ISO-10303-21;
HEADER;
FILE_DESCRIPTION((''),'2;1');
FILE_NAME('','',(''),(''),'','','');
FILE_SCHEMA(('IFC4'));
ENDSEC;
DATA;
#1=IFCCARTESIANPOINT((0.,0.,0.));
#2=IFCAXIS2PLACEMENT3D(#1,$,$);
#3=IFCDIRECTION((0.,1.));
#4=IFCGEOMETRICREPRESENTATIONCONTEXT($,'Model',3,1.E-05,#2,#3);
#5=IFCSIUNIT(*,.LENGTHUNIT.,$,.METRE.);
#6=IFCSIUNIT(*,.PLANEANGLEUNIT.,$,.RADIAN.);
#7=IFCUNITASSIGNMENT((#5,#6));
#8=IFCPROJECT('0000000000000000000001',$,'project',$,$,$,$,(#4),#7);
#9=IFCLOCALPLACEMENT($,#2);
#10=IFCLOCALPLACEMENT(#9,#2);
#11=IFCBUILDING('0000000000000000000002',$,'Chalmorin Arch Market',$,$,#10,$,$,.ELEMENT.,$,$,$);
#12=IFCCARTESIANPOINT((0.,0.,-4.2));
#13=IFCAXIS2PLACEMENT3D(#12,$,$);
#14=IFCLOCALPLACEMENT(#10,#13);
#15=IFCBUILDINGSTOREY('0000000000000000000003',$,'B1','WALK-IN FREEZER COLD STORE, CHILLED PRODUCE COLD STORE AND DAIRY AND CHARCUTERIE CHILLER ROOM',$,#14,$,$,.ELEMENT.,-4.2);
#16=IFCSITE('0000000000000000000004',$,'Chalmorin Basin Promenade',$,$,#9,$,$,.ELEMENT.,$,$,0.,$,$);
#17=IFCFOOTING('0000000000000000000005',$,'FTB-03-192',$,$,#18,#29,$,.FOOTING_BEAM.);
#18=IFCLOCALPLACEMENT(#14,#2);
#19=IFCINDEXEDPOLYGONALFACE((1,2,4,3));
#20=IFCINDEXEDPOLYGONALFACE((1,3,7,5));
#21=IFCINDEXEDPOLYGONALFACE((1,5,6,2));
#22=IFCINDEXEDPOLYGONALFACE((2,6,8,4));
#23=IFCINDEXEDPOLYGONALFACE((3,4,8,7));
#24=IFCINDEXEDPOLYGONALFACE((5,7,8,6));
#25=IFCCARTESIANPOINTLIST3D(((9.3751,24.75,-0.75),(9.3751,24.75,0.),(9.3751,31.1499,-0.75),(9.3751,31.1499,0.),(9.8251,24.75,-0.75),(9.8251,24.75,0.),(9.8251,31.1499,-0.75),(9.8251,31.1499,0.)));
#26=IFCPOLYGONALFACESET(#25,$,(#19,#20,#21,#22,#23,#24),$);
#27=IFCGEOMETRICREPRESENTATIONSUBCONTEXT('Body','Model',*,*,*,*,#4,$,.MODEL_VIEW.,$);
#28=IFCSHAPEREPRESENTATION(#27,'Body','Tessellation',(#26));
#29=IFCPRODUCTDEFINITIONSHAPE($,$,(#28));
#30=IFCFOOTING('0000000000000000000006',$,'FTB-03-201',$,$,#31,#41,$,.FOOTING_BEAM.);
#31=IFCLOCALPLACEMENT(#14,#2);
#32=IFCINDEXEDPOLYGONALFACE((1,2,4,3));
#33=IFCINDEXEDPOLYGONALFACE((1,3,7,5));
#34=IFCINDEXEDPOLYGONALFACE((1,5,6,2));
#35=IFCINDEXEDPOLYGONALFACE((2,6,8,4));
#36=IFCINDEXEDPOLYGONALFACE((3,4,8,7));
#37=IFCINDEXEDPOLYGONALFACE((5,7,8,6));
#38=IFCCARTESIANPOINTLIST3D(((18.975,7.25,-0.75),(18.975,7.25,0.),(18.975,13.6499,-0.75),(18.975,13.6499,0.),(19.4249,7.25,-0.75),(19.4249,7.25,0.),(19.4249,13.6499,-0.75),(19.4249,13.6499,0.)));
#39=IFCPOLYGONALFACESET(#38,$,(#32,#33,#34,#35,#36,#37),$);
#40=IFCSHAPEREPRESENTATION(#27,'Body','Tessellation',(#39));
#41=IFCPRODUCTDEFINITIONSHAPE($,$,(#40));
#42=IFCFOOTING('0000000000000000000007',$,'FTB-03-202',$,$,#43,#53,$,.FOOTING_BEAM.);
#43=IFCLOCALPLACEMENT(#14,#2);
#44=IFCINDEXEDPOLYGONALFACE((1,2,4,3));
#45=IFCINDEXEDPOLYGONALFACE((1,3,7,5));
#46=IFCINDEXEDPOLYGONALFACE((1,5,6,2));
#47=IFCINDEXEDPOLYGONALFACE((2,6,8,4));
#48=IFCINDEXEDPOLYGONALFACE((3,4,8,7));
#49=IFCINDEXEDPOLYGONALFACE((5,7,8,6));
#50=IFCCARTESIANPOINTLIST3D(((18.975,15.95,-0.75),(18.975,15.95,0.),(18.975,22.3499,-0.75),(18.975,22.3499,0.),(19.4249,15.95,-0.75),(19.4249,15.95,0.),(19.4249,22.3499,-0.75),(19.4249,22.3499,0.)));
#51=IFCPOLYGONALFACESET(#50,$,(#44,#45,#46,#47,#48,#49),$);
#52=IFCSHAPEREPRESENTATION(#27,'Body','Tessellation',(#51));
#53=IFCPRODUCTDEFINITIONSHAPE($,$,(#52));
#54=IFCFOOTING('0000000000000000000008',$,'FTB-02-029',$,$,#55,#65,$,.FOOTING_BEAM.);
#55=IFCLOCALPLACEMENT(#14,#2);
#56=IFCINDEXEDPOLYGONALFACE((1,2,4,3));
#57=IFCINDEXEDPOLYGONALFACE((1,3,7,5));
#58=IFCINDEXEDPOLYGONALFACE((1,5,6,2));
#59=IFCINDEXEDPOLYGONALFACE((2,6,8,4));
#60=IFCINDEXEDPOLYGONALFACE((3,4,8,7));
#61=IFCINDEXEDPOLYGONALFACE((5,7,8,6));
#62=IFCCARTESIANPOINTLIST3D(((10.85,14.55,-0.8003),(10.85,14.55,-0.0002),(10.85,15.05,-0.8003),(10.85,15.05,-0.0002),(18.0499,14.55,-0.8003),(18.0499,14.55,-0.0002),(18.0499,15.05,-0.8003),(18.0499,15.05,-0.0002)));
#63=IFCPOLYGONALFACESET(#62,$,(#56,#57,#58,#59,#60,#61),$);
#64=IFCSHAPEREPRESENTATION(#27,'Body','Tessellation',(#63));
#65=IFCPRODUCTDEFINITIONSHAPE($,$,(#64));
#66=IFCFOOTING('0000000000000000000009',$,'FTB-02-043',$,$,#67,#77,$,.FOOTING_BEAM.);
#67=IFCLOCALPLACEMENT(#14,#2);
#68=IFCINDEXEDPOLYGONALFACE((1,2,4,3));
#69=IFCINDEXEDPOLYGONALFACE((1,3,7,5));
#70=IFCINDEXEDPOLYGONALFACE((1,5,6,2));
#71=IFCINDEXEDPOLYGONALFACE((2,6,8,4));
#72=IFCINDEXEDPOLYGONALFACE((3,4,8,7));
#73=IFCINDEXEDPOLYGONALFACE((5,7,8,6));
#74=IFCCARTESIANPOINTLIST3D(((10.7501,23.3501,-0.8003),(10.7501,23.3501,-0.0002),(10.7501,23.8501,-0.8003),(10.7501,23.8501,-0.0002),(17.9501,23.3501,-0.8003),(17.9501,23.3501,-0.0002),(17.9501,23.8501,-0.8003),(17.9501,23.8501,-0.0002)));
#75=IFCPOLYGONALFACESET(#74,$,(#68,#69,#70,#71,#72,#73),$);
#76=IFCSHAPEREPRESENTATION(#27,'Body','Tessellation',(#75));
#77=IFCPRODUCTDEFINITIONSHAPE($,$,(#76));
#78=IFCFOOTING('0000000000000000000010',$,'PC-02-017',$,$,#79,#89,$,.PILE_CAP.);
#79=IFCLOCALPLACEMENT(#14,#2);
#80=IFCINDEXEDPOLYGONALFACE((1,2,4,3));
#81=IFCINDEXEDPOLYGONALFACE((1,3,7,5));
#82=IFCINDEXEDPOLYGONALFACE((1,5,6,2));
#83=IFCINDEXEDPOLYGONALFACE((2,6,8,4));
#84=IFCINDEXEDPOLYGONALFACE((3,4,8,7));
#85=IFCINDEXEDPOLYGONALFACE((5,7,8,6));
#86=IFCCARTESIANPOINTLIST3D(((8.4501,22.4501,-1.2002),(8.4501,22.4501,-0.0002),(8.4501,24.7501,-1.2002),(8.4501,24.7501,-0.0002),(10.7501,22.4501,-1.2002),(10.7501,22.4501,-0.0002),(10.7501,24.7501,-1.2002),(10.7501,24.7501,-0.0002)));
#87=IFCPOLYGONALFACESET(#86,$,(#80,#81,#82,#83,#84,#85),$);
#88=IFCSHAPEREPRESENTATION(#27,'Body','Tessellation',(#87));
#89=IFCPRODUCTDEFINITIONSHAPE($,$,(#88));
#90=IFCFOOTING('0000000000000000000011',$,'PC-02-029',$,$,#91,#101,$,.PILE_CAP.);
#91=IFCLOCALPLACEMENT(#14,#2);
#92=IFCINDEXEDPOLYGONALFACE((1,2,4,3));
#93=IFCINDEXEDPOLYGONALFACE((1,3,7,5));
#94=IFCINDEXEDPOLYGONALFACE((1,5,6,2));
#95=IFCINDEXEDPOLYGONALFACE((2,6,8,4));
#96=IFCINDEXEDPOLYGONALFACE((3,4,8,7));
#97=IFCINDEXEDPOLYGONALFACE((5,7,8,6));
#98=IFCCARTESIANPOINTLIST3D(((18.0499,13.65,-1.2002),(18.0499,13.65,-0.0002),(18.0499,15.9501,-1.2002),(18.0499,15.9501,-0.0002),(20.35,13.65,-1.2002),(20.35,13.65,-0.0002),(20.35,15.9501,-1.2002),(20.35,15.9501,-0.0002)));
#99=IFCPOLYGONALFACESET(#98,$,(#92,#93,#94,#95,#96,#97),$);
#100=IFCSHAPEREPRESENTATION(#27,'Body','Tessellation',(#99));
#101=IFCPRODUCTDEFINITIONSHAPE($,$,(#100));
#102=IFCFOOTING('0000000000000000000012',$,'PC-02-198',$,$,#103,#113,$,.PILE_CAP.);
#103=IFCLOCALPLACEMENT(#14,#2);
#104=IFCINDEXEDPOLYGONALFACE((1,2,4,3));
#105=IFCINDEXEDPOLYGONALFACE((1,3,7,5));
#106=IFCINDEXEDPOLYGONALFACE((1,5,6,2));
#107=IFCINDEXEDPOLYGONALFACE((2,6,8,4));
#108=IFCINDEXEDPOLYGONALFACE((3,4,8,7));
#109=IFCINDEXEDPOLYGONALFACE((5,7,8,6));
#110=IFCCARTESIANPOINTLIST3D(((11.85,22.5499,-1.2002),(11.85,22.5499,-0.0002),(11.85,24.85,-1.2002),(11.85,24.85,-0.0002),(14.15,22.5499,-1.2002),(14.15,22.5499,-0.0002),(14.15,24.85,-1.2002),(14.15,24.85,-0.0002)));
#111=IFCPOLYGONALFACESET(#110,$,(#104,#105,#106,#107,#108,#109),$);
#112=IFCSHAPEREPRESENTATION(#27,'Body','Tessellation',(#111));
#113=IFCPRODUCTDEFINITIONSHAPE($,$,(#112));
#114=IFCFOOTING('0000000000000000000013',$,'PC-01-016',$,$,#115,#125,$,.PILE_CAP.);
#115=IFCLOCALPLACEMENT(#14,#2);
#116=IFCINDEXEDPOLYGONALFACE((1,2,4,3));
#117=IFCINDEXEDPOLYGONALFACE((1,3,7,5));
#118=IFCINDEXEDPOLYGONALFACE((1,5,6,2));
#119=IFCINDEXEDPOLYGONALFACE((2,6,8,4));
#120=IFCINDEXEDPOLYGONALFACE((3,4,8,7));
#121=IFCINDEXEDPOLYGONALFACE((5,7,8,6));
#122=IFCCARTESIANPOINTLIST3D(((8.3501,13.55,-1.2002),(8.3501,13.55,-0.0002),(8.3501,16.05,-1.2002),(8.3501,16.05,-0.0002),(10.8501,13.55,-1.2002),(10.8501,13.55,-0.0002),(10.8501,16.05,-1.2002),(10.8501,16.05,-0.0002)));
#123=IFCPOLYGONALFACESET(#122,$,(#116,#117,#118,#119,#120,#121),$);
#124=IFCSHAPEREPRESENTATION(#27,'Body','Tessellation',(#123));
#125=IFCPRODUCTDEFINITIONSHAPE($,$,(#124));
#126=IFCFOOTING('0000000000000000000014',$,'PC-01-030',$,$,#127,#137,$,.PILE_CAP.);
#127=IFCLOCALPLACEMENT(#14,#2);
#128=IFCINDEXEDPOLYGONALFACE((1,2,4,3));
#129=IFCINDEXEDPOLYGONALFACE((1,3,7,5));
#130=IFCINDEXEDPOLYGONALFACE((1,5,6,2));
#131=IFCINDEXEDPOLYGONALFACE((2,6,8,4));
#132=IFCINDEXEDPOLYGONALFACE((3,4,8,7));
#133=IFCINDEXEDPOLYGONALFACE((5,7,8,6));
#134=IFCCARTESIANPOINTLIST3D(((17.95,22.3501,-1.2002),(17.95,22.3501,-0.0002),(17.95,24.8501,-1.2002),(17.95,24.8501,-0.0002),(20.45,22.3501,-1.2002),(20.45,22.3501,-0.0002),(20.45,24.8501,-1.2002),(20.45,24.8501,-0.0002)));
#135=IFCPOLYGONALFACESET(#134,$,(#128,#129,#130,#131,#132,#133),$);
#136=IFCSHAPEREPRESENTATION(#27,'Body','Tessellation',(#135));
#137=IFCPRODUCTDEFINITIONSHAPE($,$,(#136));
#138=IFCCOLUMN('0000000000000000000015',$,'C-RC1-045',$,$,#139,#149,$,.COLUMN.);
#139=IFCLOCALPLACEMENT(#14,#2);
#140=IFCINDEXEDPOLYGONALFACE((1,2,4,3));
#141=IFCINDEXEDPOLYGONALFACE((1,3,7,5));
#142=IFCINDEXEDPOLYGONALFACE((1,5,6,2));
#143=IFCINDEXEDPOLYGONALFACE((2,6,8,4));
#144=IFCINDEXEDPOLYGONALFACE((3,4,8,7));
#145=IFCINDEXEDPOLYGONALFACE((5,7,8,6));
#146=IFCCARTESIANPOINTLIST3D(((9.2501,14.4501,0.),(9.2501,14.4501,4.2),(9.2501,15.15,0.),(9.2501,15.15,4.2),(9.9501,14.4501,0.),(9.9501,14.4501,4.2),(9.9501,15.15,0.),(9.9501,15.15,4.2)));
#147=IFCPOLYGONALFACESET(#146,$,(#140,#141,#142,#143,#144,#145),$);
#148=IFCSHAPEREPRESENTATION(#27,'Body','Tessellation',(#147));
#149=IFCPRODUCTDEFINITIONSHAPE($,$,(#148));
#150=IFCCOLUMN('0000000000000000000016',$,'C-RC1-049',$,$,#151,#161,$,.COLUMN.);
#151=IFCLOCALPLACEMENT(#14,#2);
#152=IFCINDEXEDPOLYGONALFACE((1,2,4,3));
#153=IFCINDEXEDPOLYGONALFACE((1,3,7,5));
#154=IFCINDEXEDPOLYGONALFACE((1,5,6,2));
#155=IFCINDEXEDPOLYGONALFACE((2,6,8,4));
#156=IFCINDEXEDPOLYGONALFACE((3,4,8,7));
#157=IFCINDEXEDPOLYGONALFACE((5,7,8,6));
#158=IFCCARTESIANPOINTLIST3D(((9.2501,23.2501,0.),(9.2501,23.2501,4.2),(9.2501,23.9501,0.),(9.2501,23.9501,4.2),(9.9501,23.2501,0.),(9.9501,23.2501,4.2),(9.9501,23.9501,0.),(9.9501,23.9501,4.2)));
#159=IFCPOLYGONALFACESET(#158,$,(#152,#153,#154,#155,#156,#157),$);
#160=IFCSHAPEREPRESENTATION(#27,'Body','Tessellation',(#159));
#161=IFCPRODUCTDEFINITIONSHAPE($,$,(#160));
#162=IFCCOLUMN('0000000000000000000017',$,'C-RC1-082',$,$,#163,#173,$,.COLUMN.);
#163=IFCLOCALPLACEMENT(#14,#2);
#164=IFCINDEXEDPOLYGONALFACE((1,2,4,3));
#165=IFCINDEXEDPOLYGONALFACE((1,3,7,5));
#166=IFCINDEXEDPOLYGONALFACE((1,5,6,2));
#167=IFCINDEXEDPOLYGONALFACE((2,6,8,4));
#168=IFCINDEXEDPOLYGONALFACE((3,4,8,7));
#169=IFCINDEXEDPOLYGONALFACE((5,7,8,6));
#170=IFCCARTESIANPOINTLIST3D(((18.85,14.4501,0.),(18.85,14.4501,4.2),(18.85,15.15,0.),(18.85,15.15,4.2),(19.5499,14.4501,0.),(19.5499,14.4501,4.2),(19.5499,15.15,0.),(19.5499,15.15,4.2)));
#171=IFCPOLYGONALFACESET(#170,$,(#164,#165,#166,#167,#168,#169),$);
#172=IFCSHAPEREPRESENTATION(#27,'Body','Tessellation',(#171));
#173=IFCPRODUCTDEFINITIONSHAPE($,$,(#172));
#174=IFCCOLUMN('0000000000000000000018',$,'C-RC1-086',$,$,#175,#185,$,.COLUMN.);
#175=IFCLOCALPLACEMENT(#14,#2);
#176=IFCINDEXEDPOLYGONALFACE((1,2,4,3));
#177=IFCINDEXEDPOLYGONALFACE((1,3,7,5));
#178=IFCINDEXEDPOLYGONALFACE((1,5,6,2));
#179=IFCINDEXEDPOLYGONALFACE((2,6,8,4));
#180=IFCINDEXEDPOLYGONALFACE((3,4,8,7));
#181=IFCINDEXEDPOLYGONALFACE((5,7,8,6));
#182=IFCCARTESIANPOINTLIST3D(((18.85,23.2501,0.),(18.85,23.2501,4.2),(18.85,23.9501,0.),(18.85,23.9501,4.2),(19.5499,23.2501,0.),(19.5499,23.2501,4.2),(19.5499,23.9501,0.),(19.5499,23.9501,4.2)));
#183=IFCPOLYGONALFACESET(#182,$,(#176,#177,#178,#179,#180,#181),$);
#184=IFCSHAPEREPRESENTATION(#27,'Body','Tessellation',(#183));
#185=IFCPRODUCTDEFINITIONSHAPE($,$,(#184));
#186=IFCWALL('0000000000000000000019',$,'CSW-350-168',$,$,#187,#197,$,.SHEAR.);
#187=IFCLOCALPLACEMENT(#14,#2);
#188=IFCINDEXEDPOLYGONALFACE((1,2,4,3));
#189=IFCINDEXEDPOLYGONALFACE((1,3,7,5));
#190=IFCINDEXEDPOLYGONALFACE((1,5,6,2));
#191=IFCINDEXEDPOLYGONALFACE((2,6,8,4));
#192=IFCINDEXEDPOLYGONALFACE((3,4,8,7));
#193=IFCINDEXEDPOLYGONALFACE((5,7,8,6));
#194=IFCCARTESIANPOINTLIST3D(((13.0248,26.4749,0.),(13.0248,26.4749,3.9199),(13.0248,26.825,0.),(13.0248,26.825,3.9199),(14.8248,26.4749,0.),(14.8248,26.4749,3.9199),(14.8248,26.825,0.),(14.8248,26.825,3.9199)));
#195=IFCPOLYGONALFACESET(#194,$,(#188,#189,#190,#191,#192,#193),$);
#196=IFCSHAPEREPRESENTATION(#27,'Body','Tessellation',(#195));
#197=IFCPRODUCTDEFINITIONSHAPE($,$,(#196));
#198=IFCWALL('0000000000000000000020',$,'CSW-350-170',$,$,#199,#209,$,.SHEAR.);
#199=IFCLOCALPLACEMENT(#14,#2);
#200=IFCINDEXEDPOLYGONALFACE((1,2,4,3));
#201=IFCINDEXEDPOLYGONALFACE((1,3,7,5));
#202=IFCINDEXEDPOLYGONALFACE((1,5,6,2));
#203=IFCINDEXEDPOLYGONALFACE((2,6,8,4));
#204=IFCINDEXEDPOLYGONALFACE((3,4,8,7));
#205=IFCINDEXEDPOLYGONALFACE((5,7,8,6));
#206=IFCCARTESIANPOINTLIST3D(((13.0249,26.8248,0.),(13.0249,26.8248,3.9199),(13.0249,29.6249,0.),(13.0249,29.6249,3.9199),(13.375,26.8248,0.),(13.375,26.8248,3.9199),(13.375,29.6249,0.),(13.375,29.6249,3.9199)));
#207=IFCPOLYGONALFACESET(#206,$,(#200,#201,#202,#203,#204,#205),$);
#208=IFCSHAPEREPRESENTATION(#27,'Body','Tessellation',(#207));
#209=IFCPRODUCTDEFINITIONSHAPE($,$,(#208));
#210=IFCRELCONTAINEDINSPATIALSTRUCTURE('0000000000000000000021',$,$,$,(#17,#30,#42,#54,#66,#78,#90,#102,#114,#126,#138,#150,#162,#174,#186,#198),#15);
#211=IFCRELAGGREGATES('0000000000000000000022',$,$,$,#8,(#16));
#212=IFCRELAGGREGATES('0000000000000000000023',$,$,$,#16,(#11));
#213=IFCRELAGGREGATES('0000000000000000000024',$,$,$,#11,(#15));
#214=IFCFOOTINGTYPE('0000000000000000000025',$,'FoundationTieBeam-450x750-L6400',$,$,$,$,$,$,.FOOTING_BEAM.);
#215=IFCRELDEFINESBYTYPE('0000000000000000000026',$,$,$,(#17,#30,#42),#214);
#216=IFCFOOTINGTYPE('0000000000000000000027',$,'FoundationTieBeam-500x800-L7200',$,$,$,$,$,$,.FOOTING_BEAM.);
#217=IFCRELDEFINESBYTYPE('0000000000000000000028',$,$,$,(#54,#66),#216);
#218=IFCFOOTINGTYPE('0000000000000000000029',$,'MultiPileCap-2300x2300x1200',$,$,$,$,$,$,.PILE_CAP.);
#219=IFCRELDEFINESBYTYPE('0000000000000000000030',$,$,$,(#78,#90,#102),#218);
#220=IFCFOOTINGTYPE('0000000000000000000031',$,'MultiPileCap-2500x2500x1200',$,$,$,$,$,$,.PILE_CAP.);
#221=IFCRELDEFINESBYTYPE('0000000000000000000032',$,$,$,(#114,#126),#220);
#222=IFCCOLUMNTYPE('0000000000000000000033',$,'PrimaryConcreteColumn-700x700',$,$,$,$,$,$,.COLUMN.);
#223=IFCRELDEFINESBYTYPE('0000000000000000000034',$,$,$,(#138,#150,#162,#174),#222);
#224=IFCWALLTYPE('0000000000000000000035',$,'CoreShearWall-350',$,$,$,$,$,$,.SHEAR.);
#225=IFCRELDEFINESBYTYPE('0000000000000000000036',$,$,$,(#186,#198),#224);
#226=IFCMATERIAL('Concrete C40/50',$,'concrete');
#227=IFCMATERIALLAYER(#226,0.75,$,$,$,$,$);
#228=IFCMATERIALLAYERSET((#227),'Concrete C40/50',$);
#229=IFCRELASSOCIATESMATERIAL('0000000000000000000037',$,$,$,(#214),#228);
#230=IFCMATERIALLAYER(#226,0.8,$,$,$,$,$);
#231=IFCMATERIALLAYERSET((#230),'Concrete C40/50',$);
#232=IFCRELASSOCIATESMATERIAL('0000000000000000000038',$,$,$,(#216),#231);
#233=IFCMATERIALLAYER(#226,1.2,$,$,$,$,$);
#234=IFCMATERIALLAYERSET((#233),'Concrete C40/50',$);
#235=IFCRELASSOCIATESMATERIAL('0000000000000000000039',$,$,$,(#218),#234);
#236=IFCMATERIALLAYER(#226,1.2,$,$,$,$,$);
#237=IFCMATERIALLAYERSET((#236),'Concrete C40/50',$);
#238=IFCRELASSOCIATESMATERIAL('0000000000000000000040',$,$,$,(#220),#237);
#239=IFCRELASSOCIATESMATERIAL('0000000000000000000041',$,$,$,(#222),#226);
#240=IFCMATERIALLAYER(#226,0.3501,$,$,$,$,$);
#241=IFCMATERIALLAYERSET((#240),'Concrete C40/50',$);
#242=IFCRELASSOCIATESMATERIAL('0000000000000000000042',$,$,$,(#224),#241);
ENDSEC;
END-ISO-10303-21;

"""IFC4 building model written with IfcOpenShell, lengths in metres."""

from ifc_helpers import new_model, si_unit, direction, frame, frame_2d, origin, origin_2d, place, context, subcontext, project, spatial, rectangle, extrude, material, layer, layer_set, material_profile, profile_set, type_object, element, save


model = new_model("IFC4")

# Units and contexts
model_context = context("Model", 3, precision=1e-05, world=origin(), true_north=direction((0.0, 1.0)))
body_context = subcontext(model_context, "Body", "Model", "MODEL_VIEW")
ifc_project = project(units=[si_unit("LENGTHUNIT", "METRE"), si_unit("PLANEANGLEUNIT", "RADIAN")], contexts=[model_context])

# Site, building, storey
site_placement = place(None, origin())
site = spatial("IfcSite", under=ifc_project, at=site_placement, Name="Chalmorin Basin Promenade", CompositionType="ELEMENT", RefElevation=0.0)
building_placement = place(site_placement, origin())
building = spatial("IfcBuilding", under=site, at=building_placement, Name="Chalmorin Arch Market", CompositionType="ELEMENT")
storey_placement = place(building_placement, frame((0.0, 0.0, -4.2)))
storey = spatial("IfcBuildingStorey", under=building, at=storey_placement, Name="B1", Description="WALK-IN FREEZER COLD STORE, CHILLED PRODUCE COLD STORE AND DAIRY AND CHARCUTERIE CHILLER ROOM", CompositionType="ELEMENT", Elevation=-4.2)

# Footings
ifc_material_1 = material(Name="Concrete C40/50", Category="concrete")
ifc_layer_1 = layer(ifc_material_1, 0.75)
ifc_layer_set_1 = layer_set([ifc_layer_1], Name="Concrete C40/50")
footing_type_1 = type_object("IfcFootingType", Name="FoundationTieBeam-450x750-L6400", PredefinedType="FOOTING_BEAM", material=ifc_layer_set_1)
for number, where, z_axis, x_axis, name in (
    (1, (9.6001, 27.95, -0.75), (0.0, 0.0, 1.0), (0.0, 1.0, 0.0), "FTB-03-192"),
    (2, (19.2, 10.45, -0.75), (0.0, 0.0, 1.0), (0.0, 1.0, 0.0), "FTB-03-201"),
    (3, (19.2, 19.1499, -0.75), (0.0, 0.0, 1.0), (0.0, 1.0, 0.0), "FTB-03-202"),
):
    element("IfcFooting", number, at=place(storey_placement, frame(where, z_axis=z_axis, x_axis=x_axis)), inside=storey, type_object=footing_type_1, Name=name, PredefinedType="FOOTING_BEAM", context=body_context, shape_type="SweptSolid", body=[
        extrude(rectangle(XDim=6.3999, YDim=0.45, at=origin_2d()), origin(), (0.0, 0.0, 1.0), 0.75),
    ])
ifc_layer_2 = layer(ifc_material_1, 0.8)
ifc_layer_set_2 = layer_set([ifc_layer_2], Name="Concrete C40/50")
footing_type_2 = type_object("IfcFootingType", Name="FoundationTieBeam-500x800-L7200", PredefinedType="FOOTING_BEAM", material=ifc_layer_set_2)
for number, where, z_axis, x_axis, name in (
    (4, (14.45, 14.8, -0.8003), (0.0, 0.0, 1.0), (1.0, 0.0, 0.0), "FTB-02-029"),
    (5, (14.3501, 23.6001, -0.8003), (0.0, 0.0, 1.0), (1.0, 0.0, 0.0), "FTB-02-043"),
):
    element("IfcFooting", number, at=place(storey_placement, frame(where, z_axis=z_axis, x_axis=x_axis)), inside=storey, type_object=footing_type_2, Name=name, PredefinedType="FOOTING_BEAM", context=body_context, shape_type="SweptSolid", body=[
        extrude(rectangle(XDim=7.2, YDim=0.5, at=origin_2d()), origin(), (0.0, 0.0, 1.0), 0.8),
    ])
ifc_layer_3 = layer(ifc_material_1, 1.2)
ifc_layer_set_3 = layer_set([ifc_layer_3], Name="Concrete C40/50")
footing_type_3 = type_object("IfcFootingType", Name="MultiPileCap-2300x2300x1200", PredefinedType="PILE_CAP", material=ifc_layer_set_3)
for number, where, z_axis, x_axis, name in (
    (6, (9.6001, 23.6001, -1.2002), (0.0, 0.0, 1.0), (1.0, 0.0, 0.0), "PC-02-017"),
    (7, (19.2, 14.8, -1.2002), (0.0, 0.0, 1.0), (1.0, 0.0, 0.0), "PC-02-029"),
    (8, (13.0, 23.7, -1.2002), (0.0, 0.0, 1.0), (1.0, 0.0, 0.0), "PC-02-198"),
):
    element("IfcFooting", number, at=place(storey_placement, frame(where, z_axis=z_axis, x_axis=x_axis)), inside=storey, type_object=footing_type_3, Name=name, PredefinedType="PILE_CAP", context=body_context, shape_type="SweptSolid", body=[
        extrude(rectangle(XDim=2.3, YDim=2.3, at=origin_2d()), origin(), (0.0, 0.0, 1.0), 1.2),
    ])
ifc_layer_4 = layer(ifc_material_1, 1.2)
ifc_layer_set_4 = layer_set([ifc_layer_4], Name="Concrete C40/50")
footing_type_4 = type_object("IfcFootingType", Name="MultiPileCap-2500x2500x1200", PredefinedType="PILE_CAP", material=ifc_layer_set_4)
for number, where, z_axis, x_axis, name in (
    (9, (9.6001, 14.8, -1.2002), (0.0, 0.0, 1.0), (1.0, 0.0, 0.0), "PC-01-016"),
    (10, (19.2, 23.6001, -1.2002), (0.0, 0.0, 1.0), (1.0, 0.0, 0.0), "PC-01-030"),
):
    element("IfcFooting", number, at=place(storey_placement, frame(where, z_axis=z_axis, x_axis=x_axis)), inside=storey, type_object=footing_type_4, Name=name, PredefinedType="PILE_CAP", context=body_context, shape_type="SweptSolid", body=[
        extrude(rectangle(XDim=2.5, YDim=2.5, at=origin_2d()), origin(), (0.0, 0.0, 1.0), 1.2),
    ])

# Columns
ifc_material_profile_1 = material_profile(ifc_material_1, rectangle(XDim=0.7, YDim=0.7, at=origin_2d()), Name="RC700X700")
ifc_profile_set_1 = profile_set([ifc_material_profile_1], Name="Concrete C40/50")
column_type = type_object("IfcColumnType", Name="PrimaryConcreteColumn-700x700", PredefinedType="COLUMN", material=ifc_profile_set_1)
for number, where, z_axis, x_axis, name in (
    (11, (9.6001, 14.8, 0.0), (0.0, 0.0, 1.0), (1.0, 0.0, 0.0), "C-RC1-045"),
    (12, (9.6001, 23.6001, 0.0), (0.0, 0.0, 1.0), (1.0, 0.0, 0.0), "C-RC1-049"),
    (13, (19.2, 14.8, 0.0), (0.0, 0.0, 1.0), (1.0, 0.0, 0.0), "C-RC1-082"),
    (14, (19.2, 23.6001, 0.0), (0.0, 0.0, 1.0), (1.0, 0.0, 0.0), "C-RC1-086"),
):
    element("IfcColumn", number, at=place(storey_placement, frame(where, z_axis=z_axis, x_axis=x_axis)), inside=storey, type_object=column_type, Name=name, PredefinedType="COLUMN", context=body_context, shape_type="SweptSolid", body=[
        extrude(rectangle(XDim=0.7, YDim=0.7, at=origin_2d()), origin(), (0.0, 0.0, 1.0), 4.2),
    ])

# Walls
ifc_layer_5 = layer(ifc_material_1, 0.3501)
ifc_layer_set_5 = layer_set([ifc_layer_5], Name="Concrete C40/50")
wall_type_1 = type_object("IfcWallType", Name="CoreShearWall-350", PredefinedType="SHEAR", material=ifc_layer_set_5)
wall_1_placement = place(storey_placement, frame((13.0249, 26.6499, 0.0), z_axis=(0.0, 0.0, 1.0), x_axis=(1.0, 0.0, 0.0)))
element("IfcWall", 15, at=wall_1_placement, inside=storey, type_object=wall_type_1, Name="CSW-350-168", PredefinedType="SHEAR", context=body_context, shape_type="SweptSolid", body=[
    extrude(rectangle(XDim=1.8, YDim=0.3501, at=frame_2d((0.8999, 0.0))), origin(), (0.0, 0.0, 1.0), 3.9199),
])
wall_2_placement = place(storey_placement, frame((13.2, 26.825, 0.0), z_axis=(0.0, 0.0, 1.0), x_axis=(0.0, 1.0, 0.0)))
element("IfcWall", 16, at=wall_2_placement, inside=storey, type_object=wall_type_1, Name="CSW-350-170", PredefinedType="SHEAR", context=body_context, shape_type="SweptSolid", body=[
    extrude(rectangle(XDim=2.8, YDim=0.3501, at=frame_2d((1.3999, 0.0))), origin(), (0.0, 0.0, 1.0), 3.9199),
])

save(model, "model.ifc")
